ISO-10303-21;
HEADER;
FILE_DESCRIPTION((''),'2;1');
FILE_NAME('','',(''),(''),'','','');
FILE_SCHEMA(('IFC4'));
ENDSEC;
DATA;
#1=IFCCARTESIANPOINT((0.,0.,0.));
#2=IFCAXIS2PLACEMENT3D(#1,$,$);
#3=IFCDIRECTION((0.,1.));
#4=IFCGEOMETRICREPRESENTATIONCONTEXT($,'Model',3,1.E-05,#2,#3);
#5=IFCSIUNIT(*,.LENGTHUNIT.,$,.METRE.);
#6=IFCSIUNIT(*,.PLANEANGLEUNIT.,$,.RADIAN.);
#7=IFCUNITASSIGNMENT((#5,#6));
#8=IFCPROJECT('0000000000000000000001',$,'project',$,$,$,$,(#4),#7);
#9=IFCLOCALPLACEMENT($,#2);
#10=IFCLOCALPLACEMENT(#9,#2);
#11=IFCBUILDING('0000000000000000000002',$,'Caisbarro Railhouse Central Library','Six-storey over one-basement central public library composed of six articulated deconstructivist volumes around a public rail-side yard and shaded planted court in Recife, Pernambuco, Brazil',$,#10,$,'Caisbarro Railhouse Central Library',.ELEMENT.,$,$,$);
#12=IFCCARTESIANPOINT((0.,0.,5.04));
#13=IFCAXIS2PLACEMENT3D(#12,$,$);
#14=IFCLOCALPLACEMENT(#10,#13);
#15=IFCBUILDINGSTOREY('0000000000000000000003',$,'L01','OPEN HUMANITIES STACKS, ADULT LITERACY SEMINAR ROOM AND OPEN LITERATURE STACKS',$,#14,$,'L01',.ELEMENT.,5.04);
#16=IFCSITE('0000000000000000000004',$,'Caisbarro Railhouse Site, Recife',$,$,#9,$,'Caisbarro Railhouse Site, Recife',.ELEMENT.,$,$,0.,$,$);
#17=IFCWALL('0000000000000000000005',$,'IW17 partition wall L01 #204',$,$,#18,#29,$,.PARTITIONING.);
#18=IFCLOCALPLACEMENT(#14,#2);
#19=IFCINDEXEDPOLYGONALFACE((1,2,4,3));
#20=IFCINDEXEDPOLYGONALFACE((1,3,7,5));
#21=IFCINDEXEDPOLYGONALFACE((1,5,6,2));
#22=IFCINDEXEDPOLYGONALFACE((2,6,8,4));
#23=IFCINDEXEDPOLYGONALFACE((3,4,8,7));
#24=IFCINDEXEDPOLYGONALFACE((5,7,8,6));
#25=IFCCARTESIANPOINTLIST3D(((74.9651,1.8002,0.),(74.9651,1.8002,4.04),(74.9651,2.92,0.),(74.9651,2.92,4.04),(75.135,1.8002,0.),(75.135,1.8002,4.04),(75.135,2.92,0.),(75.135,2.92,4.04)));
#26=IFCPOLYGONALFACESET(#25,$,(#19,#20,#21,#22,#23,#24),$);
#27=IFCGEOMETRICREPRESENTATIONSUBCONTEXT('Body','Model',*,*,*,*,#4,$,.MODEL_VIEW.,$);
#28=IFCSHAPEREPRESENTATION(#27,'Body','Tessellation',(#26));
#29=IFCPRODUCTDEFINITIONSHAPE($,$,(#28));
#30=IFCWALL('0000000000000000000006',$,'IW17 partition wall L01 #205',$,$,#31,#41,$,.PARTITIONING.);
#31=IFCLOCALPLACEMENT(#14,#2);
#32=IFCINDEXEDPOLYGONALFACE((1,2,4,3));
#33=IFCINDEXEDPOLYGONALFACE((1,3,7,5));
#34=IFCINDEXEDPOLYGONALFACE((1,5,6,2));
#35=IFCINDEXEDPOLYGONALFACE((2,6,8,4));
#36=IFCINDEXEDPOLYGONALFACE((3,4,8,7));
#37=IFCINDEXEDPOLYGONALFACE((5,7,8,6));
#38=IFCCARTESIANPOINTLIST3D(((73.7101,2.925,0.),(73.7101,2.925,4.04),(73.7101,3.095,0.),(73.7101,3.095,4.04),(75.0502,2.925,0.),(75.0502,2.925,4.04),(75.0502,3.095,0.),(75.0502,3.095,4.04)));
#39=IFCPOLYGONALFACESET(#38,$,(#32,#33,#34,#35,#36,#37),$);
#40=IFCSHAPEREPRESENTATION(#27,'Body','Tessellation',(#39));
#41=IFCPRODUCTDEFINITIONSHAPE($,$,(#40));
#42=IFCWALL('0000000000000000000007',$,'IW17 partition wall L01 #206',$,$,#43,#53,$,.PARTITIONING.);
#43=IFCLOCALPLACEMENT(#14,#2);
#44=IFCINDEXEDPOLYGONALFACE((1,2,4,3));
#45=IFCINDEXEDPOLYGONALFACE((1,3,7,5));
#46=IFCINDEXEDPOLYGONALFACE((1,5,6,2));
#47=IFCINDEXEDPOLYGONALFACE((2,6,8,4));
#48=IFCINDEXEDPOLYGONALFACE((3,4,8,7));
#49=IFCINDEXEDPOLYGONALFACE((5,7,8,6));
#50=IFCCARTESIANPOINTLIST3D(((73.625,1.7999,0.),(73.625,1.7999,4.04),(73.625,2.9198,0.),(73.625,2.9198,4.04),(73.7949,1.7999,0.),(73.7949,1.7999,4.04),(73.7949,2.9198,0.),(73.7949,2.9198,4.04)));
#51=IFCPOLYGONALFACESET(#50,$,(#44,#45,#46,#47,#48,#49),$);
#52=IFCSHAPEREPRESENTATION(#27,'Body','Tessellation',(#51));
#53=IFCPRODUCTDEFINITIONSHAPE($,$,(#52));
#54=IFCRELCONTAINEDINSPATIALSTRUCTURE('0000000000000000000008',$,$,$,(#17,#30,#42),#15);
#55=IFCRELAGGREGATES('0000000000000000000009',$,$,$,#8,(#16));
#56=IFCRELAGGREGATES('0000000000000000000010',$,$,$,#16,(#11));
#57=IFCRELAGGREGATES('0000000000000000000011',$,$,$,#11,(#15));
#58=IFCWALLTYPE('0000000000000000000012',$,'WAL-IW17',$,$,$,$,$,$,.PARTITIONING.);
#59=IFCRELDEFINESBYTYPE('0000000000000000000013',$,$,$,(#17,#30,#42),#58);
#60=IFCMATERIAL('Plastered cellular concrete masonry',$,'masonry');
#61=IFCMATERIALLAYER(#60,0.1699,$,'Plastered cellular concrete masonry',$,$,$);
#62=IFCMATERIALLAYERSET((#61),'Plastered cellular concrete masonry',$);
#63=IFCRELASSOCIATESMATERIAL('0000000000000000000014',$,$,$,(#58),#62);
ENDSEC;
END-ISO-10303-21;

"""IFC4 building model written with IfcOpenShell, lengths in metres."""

from ifc_helpers import new_model, si_unit, direction, frame, frame_2d, origin, place, context, subcontext, project, spatial, rectangle, extrude, material, layer, layer_set, type_object, element, save


model = new_model("IFC4")

# Units and contexts
model_context = context("Model", 3, precision=1e-05, world=origin(), true_north=direction((0.0, 1.0)))
body_context = subcontext(model_context, "Body", "Model", "MODEL_VIEW")
ifc_project = project(units=[si_unit("LENGTHUNIT", "METRE"), si_unit("PLANEANGLEUNIT", "RADIAN")], contexts=[model_context])

# Site, building, storey
site_placement = place(None, origin())
site = spatial("IfcSite", under=ifc_project, at=site_placement, Name="Caisbarro Railhouse Site, Recife", LongName="Caisbarro Railhouse Site, Recife", CompositionType="ELEMENT", RefElevation=0.0)
building_placement = place(site_placement, origin())
building = spatial("IfcBuilding", under=site, at=building_placement, Name="Caisbarro Railhouse Central Library", Description="Six-storey over one-basement central public library composed of six articulated deconstructivist volumes around a public rail-side yard and shaded planted court in Recife, Pernambuco, Brazil", LongName="Caisbarro Railhouse Central Library", CompositionType="ELEMENT")
storey_placement = place(building_placement, frame((0.0, 0.0, 5.04)))
storey = spatial("IfcBuildingStorey", under=building, at=storey_placement, Name="L01", Description="OPEN HUMANITIES STACKS, ADULT LITERACY SEMINAR ROOM AND OPEN LITERATURE STACKS", LongName="L01", CompositionType="ELEMENT", Elevation=5.04)

# Walls
ifc_material_1 = material(Name="Plastered cellular concrete masonry", Category="masonry")
ifc_layer_1 = layer(ifc_material_1, 0.1699, Name="Plastered cellular concrete masonry")
ifc_layer_set_1 = layer_set([ifc_layer_1], Name="Plastered cellular concrete masonry")
wall_type_1 = type_object("IfcWallType", Name="WAL-IW17", PredefinedType="PARTITIONING", material=ifc_layer_set_1)
wall_1_placement = place(storey_placement, frame((75.05, 1.8, 0.0), z_axis=(0.0, 0.0, 1.0), x_axis=(0.0, 1.0, 0.0)))
element("IfcWall", 1, at=wall_1_placement, inside=storey, type_object=wall_type_1, Name="IW17 partition wall L01 #204", PredefinedType="PARTITIONING", context=body_context, shape_type="SweptSolid", body=[
    extrude(rectangle(XDim=1.1199, YDim=0.1699, at=frame_2d((0.5601, 0.0))), origin(), (0.0, 0.0, 1.0), 4.04),
])
wall_2_placement = place(storey_placement, frame((75.05, 3.01, 0.0), z_axis=(0.0, 0.0, 1.0), x_axis=(-1.0, 0.0, 0.0)))
element("IfcWall", 2, at=wall_2_placement, inside=storey, type_object=wall_type_1, Name="IW17 partition wall L01 #205", PredefinedType="PARTITIONING", context=body_context, shape_type="SweptSolid", body=[
    extrude(rectangle(XDim=1.3401, YDim=0.1699, at=frame_2d((0.6699, 0.0))), origin(), (0.0, 0.0, 1.0), 4.04),
])
wall_3_placement = place(storey_placement, frame((73.71, 2.9199, 0.0), z_axis=(0.0, 0.0, 1.0), x_axis=(0.0, -1.0, 0.0)))
element("IfcWall", 3, at=wall_3_placement, inside=storey, type_object=wall_type_1, Name="IW17 partition wall L01 #206", PredefinedType="PARTITIONING", context=body_context, shape_type="SweptSolid", body=[
    extrude(rectangle(XDim=1.1199, YDim=0.1699, at=frame_2d((0.5601, 0.0))), origin(), (0.0, 0.0, 1.0), 4.04),
])

save(model, "model.ifc")
